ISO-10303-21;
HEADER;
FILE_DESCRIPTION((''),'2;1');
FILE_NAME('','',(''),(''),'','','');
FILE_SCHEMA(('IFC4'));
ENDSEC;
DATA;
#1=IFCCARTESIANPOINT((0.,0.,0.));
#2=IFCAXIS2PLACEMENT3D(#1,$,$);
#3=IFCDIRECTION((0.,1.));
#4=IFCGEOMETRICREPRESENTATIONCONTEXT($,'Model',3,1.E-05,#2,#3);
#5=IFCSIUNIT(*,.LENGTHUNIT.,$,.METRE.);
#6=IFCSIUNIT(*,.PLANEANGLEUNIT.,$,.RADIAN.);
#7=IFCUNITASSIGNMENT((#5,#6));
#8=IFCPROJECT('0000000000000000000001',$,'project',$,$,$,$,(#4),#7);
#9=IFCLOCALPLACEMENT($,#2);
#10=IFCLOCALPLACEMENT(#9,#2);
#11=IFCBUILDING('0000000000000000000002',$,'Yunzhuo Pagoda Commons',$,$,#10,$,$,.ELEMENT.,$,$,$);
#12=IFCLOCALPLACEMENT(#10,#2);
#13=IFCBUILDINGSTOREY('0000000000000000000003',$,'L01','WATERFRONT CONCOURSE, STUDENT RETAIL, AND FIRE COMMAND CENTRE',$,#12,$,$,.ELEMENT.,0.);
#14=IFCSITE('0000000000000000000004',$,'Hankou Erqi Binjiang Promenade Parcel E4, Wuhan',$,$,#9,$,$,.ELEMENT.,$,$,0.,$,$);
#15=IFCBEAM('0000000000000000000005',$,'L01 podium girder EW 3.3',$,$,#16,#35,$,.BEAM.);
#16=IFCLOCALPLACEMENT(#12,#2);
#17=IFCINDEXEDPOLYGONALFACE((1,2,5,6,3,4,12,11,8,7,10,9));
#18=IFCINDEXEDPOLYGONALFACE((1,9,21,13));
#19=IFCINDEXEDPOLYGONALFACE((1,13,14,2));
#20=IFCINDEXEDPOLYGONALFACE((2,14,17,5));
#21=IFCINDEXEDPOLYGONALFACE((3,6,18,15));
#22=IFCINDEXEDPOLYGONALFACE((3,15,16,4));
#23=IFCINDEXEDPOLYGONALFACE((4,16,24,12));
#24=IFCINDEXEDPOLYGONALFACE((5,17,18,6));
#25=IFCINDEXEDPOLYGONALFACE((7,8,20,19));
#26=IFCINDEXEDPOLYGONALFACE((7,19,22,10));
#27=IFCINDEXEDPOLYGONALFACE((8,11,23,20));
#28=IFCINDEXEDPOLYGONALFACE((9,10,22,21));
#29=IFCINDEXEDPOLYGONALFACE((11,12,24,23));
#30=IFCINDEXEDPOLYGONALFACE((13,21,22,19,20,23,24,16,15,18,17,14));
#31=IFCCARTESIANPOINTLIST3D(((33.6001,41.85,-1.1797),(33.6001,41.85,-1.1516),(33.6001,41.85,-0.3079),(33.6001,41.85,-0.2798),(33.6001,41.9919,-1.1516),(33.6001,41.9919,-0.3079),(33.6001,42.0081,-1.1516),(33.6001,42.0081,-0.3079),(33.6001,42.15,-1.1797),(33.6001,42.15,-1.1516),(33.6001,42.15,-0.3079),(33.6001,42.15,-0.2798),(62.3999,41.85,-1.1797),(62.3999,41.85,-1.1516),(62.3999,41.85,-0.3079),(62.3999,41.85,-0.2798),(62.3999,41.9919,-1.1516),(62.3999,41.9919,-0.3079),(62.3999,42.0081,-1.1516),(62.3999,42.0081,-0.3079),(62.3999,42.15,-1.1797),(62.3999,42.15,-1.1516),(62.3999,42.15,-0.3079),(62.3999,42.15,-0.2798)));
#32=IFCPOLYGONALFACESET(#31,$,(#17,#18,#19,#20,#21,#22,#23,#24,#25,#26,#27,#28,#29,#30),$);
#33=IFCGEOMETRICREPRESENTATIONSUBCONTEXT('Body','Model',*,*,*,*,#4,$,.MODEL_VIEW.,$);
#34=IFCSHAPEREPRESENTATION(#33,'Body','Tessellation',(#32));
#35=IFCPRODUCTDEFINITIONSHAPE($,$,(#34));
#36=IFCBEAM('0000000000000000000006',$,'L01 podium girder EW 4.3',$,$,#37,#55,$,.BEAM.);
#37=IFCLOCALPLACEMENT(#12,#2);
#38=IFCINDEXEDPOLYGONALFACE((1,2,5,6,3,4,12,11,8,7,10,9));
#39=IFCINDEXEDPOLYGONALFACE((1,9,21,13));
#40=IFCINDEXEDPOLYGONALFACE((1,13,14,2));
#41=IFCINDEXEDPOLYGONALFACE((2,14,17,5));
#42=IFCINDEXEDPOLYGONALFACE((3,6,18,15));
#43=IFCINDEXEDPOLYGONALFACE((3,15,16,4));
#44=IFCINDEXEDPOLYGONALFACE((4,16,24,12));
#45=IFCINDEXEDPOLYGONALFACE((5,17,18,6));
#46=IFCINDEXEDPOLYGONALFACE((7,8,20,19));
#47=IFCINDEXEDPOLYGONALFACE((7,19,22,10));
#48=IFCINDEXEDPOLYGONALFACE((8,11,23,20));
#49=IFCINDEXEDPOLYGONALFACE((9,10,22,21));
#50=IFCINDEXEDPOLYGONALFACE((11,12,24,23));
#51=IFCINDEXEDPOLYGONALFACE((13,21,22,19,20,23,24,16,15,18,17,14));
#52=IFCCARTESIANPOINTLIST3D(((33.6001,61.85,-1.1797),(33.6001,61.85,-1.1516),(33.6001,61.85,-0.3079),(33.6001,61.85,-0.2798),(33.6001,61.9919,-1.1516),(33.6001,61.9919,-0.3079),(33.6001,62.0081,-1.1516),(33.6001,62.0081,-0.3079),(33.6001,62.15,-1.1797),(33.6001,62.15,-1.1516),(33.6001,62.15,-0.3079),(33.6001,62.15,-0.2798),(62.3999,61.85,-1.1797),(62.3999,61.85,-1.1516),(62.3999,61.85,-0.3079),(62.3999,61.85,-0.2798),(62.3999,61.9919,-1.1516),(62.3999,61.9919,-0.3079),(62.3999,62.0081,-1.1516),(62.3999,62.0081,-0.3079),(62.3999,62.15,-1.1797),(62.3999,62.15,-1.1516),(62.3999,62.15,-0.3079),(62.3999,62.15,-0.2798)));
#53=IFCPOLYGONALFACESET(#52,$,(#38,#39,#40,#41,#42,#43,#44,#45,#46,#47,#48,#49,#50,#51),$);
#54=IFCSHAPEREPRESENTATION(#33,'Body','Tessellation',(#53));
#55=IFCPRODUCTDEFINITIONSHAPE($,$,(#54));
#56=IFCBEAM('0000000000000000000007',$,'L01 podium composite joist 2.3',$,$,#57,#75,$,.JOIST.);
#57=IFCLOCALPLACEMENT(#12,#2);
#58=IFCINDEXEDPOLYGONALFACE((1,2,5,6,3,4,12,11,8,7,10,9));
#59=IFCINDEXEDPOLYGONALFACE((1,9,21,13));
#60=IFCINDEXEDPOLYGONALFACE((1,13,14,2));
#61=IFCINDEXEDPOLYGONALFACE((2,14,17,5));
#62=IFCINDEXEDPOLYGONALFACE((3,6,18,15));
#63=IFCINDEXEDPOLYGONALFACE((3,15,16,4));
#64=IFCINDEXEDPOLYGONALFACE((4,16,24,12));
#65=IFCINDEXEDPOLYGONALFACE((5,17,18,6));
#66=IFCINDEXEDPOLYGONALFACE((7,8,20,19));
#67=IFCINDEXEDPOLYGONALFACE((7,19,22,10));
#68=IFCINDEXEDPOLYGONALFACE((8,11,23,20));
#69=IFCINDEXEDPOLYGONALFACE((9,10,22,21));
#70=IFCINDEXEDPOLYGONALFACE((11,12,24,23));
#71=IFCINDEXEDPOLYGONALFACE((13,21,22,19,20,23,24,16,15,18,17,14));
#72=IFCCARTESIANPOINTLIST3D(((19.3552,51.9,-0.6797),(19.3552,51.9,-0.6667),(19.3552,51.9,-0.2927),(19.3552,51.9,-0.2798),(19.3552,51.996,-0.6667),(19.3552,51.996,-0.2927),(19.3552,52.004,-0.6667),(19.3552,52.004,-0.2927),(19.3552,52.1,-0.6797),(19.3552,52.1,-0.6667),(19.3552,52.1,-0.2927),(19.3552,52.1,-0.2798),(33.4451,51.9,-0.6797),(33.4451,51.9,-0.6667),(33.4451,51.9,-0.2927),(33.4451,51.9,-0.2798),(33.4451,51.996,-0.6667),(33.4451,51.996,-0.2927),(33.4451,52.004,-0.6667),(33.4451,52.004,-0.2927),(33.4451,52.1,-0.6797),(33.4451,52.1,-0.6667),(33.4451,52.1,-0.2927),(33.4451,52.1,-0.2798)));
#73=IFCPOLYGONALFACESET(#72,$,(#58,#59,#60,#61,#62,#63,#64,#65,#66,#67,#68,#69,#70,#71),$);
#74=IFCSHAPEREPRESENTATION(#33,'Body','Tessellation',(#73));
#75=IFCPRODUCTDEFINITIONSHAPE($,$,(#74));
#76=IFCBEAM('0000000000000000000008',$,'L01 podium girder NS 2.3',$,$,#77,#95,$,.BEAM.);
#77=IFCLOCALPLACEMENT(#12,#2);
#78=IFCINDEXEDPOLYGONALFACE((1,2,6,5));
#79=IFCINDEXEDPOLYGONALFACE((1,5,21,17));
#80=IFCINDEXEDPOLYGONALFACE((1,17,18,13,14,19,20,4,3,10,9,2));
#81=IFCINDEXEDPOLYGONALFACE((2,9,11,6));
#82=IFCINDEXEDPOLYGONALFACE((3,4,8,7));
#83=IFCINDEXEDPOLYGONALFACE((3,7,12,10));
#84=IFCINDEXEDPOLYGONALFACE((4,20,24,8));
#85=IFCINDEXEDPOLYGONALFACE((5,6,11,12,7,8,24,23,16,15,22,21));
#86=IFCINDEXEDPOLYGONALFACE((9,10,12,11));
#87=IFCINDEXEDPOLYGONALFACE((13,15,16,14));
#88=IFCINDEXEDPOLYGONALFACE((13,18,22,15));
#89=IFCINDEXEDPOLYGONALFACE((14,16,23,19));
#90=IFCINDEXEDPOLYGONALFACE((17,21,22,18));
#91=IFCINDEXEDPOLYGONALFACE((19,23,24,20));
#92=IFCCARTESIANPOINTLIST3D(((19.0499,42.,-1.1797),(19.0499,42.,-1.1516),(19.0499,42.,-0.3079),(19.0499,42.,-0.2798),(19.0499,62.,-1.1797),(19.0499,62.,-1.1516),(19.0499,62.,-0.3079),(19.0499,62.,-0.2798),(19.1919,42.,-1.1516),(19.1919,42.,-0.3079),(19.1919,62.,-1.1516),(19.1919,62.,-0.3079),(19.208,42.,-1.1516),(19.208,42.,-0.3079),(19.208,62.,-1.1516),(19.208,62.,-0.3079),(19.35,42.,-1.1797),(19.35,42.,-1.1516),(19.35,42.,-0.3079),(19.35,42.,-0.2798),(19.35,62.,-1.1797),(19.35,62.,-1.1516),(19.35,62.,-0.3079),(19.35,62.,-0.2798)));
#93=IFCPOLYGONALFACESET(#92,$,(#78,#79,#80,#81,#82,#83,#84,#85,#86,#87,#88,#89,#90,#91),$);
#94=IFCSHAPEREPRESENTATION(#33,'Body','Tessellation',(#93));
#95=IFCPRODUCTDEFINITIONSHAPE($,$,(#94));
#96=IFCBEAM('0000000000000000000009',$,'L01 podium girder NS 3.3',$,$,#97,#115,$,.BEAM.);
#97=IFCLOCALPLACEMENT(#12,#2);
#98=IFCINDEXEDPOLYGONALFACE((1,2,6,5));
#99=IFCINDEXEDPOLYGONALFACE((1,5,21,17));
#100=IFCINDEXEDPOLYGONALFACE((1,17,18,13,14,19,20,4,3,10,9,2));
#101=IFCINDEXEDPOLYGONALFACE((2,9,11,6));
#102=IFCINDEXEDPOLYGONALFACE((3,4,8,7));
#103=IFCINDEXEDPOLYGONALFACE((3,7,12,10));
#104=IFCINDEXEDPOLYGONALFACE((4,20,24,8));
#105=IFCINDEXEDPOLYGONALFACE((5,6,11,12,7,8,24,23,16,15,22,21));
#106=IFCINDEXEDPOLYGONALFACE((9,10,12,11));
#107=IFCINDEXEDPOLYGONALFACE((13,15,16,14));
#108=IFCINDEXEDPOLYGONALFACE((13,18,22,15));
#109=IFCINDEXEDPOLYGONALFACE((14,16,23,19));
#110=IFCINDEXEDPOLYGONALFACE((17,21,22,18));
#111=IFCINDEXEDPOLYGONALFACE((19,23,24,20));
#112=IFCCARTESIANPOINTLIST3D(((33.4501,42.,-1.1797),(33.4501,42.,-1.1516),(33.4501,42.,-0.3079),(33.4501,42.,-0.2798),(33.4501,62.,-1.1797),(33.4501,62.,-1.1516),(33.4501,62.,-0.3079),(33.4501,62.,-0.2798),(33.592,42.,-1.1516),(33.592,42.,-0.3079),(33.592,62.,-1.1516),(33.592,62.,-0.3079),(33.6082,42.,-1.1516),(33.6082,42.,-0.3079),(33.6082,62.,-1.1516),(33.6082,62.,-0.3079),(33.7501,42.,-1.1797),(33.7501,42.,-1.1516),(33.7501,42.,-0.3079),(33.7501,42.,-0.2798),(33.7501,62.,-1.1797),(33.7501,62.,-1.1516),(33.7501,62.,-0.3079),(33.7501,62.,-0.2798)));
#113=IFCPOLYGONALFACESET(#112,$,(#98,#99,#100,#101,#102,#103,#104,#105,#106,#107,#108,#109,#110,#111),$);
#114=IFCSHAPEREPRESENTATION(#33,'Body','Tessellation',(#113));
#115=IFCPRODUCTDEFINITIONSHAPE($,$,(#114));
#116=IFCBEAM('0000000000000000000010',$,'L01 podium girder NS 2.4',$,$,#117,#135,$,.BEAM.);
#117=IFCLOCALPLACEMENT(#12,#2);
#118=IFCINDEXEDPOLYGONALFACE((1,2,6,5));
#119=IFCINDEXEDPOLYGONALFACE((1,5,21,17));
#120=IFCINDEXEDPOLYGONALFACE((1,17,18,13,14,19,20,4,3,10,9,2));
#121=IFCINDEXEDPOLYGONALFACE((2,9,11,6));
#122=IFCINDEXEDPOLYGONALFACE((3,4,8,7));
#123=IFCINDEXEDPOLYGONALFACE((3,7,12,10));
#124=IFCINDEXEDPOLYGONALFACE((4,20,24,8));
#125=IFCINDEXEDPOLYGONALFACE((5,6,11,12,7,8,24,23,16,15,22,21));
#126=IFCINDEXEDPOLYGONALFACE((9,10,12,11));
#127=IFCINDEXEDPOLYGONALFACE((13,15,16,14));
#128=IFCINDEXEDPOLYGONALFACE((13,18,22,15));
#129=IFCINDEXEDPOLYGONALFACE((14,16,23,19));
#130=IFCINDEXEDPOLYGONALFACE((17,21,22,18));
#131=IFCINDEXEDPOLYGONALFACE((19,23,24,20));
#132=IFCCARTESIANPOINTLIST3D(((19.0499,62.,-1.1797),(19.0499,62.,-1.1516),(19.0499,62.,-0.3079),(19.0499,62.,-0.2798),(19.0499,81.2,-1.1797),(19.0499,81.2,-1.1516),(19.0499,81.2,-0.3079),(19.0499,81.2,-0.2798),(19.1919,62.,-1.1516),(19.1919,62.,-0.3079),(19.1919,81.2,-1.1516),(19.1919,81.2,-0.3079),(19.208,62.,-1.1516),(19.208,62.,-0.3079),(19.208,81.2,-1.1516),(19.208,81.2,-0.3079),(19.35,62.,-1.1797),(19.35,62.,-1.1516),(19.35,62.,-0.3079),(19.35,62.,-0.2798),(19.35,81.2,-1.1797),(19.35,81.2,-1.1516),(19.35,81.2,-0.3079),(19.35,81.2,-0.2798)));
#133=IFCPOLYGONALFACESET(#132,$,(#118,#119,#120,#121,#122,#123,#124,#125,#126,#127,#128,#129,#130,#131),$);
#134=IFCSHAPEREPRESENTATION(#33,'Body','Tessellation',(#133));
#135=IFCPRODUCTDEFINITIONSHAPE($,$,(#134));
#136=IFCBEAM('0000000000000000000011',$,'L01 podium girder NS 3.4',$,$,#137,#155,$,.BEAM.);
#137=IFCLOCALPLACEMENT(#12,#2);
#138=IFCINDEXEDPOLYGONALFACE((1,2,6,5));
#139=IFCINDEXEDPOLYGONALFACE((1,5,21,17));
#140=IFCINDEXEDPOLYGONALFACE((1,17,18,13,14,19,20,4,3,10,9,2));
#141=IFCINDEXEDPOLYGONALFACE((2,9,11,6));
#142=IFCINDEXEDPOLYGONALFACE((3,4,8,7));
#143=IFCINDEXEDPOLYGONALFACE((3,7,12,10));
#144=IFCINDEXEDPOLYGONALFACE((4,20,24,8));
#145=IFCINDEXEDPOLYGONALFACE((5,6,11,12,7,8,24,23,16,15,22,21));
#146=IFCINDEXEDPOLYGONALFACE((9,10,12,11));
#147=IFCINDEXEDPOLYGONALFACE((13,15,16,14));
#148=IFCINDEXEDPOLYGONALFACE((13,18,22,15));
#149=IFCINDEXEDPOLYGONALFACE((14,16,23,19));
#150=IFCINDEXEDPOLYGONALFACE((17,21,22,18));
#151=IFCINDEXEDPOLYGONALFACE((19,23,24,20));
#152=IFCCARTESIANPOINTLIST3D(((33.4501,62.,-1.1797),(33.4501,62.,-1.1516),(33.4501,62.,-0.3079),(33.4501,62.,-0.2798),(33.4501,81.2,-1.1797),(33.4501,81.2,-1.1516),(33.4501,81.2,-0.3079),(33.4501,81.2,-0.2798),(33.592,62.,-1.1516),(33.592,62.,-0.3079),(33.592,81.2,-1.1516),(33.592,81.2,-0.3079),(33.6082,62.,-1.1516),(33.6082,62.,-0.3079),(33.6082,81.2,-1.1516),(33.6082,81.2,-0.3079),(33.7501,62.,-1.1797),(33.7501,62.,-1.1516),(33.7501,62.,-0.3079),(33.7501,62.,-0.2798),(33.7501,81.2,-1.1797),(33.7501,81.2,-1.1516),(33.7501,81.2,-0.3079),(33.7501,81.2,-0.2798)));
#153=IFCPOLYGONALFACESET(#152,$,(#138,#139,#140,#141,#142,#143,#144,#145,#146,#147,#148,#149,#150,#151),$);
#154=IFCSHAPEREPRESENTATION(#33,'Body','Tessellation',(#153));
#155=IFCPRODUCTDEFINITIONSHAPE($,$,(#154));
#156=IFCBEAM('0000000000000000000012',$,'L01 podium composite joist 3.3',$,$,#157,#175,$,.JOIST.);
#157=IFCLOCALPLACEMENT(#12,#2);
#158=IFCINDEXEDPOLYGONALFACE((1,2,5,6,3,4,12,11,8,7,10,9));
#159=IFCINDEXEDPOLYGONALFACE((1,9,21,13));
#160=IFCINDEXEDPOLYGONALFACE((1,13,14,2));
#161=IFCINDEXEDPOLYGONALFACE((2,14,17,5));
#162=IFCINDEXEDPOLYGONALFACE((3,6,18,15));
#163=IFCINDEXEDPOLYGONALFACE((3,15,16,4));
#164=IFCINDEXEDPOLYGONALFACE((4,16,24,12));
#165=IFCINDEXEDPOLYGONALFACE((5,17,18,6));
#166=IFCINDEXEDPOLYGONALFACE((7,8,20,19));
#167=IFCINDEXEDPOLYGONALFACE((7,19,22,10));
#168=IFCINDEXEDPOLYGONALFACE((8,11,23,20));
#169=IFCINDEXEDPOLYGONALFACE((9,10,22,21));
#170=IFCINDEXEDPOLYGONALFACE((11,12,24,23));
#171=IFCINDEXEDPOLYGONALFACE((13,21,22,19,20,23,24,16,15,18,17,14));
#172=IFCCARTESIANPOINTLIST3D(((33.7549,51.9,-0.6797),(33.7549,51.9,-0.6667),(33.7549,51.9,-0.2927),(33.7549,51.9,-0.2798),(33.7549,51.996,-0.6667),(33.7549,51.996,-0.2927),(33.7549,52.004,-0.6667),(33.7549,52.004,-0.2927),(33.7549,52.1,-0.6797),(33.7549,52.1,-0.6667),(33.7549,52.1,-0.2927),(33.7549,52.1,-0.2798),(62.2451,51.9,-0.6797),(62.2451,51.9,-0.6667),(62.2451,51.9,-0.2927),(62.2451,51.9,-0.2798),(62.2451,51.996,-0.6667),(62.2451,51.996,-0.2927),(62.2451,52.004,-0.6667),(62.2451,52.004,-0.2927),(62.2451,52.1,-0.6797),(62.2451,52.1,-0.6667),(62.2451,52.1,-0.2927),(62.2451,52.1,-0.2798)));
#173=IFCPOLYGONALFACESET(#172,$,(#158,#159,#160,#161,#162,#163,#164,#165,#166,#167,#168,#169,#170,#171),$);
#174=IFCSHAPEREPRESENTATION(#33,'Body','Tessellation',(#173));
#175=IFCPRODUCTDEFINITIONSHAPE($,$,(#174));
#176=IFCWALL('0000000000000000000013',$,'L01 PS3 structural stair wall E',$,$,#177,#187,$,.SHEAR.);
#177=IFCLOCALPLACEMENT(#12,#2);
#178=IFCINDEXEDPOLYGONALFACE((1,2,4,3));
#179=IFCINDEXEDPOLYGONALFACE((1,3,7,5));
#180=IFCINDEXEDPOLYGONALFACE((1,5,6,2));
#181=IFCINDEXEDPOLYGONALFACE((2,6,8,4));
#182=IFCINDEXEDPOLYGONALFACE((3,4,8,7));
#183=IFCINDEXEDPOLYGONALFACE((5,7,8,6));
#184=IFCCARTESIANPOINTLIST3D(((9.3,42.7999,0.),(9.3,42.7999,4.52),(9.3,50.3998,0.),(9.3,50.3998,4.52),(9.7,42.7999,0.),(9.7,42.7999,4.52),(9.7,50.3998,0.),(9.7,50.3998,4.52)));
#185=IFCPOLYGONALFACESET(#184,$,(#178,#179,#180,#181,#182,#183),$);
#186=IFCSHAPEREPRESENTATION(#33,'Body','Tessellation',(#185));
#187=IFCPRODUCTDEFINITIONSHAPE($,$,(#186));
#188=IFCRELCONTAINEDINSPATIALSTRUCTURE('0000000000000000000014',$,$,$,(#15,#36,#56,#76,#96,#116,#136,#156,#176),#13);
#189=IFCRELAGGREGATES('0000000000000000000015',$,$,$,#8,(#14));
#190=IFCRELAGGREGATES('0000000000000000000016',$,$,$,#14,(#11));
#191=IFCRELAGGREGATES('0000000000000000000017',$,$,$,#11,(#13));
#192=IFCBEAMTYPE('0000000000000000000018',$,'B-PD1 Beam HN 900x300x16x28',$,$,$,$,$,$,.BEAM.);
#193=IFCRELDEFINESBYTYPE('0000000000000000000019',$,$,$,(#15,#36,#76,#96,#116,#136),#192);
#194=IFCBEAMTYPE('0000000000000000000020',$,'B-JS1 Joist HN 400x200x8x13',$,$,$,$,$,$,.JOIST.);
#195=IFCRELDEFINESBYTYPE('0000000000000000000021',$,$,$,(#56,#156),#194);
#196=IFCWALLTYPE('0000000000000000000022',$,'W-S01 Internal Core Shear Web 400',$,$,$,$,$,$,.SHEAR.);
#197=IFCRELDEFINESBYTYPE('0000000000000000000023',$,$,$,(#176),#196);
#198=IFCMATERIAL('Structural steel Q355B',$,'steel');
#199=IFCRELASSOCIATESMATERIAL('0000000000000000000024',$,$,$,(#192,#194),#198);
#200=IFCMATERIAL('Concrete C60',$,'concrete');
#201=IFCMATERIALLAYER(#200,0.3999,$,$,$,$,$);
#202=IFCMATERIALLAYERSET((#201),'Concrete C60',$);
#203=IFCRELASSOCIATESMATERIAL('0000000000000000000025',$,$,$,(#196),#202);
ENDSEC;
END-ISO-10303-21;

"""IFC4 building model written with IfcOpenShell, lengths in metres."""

from ifc_helpers import new_model, si_unit, direction, frame, frame_2d, origin, origin_2d, place, context, subcontext, project, spatial, rectangle, i_section, extrude, source, transform, mapped, material, layer, layer_set, material_profile, profile_set, type_object, element, save


model = new_model("IFC4")

# Units and contexts
model_context = context("Model", 3, precision=1e-05, world=origin(), true_north=direction((0.0, 1.0)))
body_context = subcontext(model_context, "Body", "Model", "MODEL_VIEW")
ifc_project = project(units=[si_unit("LENGTHUNIT", "METRE"), si_unit("PLANEANGLEUNIT", "RADIAN")], contexts=[model_context])

# Site, building, storey
site_placement = place(None, origin())
site = spatial("IfcSite", under=ifc_project, at=site_placement, Name="Hankou Erqi Binjiang Promenade Parcel E4, Wuhan", CompositionType="ELEMENT", RefElevation=0.0)
building_placement = place(site_placement, origin())
building = spatial("IfcBuilding", under=site, at=building_placement, Name="Yunzhuo Pagoda Commons", CompositionType="ELEMENT")
storey_placement = place(building_placement, origin())
storey = spatial("IfcBuildingStorey", under=building, at=storey_placement, Name="L01", Description="WATERFRONT CONCOURSE, STUDENT RETAIL, AND FIRE COMMAND CENTRE", CompositionType="ELEMENT", Elevation=0.0)

# Beams
ifc_material_1 = material(Name="Structural steel Q355B", Category="steel")
ifc_material_profile_1 = material_profile(ifc_material_1, i_section(OverallWidth=0.3, OverallDepth=0.8999, WebThickness=0.0161, FlangeThickness=0.0281, at=origin_2d()), Name="Structural steel Q355B")
ifc_profile_set_1 = profile_set([ifc_material_profile_1], Name="Structural steel Q355B")
beam_type_1 = type_object("IfcBeamType", Name="B-PD1 Beam HN 900x300x16x28", PredefinedType="BEAM", material=ifc_profile_set_1)
shared_shape_1 = source(origin(), body_context, "Body", "SweptSolid", [
    extrude(i_section(OverallWidth=0.3, OverallDepth=0.8999, WebThickness=0.0161, FlangeThickness=0.0281, at=origin_2d()), origin(), (0.0, 0.0, 1.0), 28.7998),
])
for number, where, z_axis, x_axis, name in (
    (1, (33.6001, 42.0, -0.7297), (1.0, 0.0, 0.0), (0.0, 1.0, 0.0), "L01 podium girder EW 3.3"),
    (2, (33.6001, 62.0, -0.7297), (1.0, 0.0, 0.0), (0.0, 1.0, 0.0), "L01 podium girder EW 4.3"),
):
    element("IfcBeam", number, at=place(storey_placement, frame(where, z_axis=z_axis, x_axis=x_axis)), inside=storey, type_object=beam_type_1, Name=name, PredefinedType="BEAM", context=body_context, shape_type="MappedRepresentation", body=[
        mapped(shared_shape_1, transform((0.0, 0.0, 0.0), scale=1.0)),
    ])
ifc_material_profile_2 = material_profile(ifc_material_1, i_section(OverallWidth=0.2, OverallDepth=0.3999, WebThickness=0.0081, FlangeThickness=0.0129, at=origin_2d()), Name="Structural steel Q355B")
ifc_profile_set_2 = profile_set([ifc_material_profile_2], Name="Structural steel Q355B")
beam_type_2 = type_object("IfcBeamType", Name="B-JS1 Joist HN 400x200x8x13", PredefinedType="JOIST", material=ifc_profile_set_2)
shared_shape_2 = source(origin(), body_context, "Body", "SweptSolid", [
    extrude(i_section(OverallWidth=0.2, OverallDepth=0.3999, WebThickness=0.0081, FlangeThickness=0.0129, at=origin_2d()), origin(), (0.0, 0.0, 1.0), 14.0898),
])
beam_1_placement = place(storey_placement, frame((19.3552, 52.0, -0.4797), z_axis=(1.0, 0.0, 0.0), x_axis=(0.0, 1.0, 0.0)))
element("IfcBeam", 3, at=beam_1_placement, inside=storey, type_object=beam_type_2, Name="L01 podium composite joist 2.3", PredefinedType="JOIST", context=body_context, shape_type="MappedRepresentation", body=[
    mapped(shared_shape_2, transform((0.0, 0.0, 0.0), scale=1.0)),
])
shared_shape_3 = source(origin(), body_context, "Body", "SweptSolid", [
    extrude(i_section(OverallWidth=0.3, OverallDepth=0.8999, WebThickness=0.0161, FlangeThickness=0.0281, at=origin_2d()), origin(), (0.0, 0.0, 1.0), 20.0),
])
for number, where, z_axis, x_axis, name in (
    (4, (19.2, 42.0, -0.7297), (0.0, 1.0, 0.0), (-1.0, 0.0, 0.0), "L01 podium girder NS 2.3"),
    (5, (33.6001, 42.0, -0.7297), (0.0, 1.0, 0.0), (-1.0, 0.0, 0.0), "L01 podium girder NS 3.3"),
):
    element("IfcBeam", number, at=place(storey_placement, frame(where, z_axis=z_axis, x_axis=x_axis)), inside=storey, type_object=beam_type_1, Name=name, PredefinedType="BEAM", context=body_context, shape_type="MappedRepresentation", body=[
        mapped(shared_shape_3, transform((0.0, 0.0, 0.0), scale=1.0)),
    ])
shared_shape_4 = source(origin(), body_context, "Body", "SweptSolid", [
    extrude(i_section(OverallWidth=0.3, OverallDepth=0.8999, WebThickness=0.0161, FlangeThickness=0.0281, at=origin_2d()), origin(), (0.0, 0.0, 1.0), 19.2),
])
for number, where, z_axis, x_axis, name in (
    (6, (19.2, 62.0, -0.7297), (0.0, 1.0, 0.0), (-1.0, 0.0, 0.0), "L01 podium girder NS 2.4"),
    (7, (33.6001, 62.0, -0.7297), (0.0, 1.0, 0.0), (-1.0, 0.0, 0.0), "L01 podium girder NS 3.4"),
):
    element("IfcBeam", number, at=place(storey_placement, frame(where, z_axis=z_axis, x_axis=x_axis)), inside=storey, type_object=beam_type_1, Name=name, PredefinedType="BEAM", context=body_context, shape_type="MappedRepresentation", body=[
        mapped(shared_shape_4, transform((0.0, 0.0, 0.0), scale=1.0)),
    ])
shared_shape_5 = source(origin(), body_context, "Body", "SweptSolid", [
    extrude(i_section(OverallWidth=0.2, OverallDepth=0.3999, WebThickness=0.0081, FlangeThickness=0.0129, at=origin_2d()), origin(), (0.0, 0.0, 1.0), 28.4902),
])
beam_2_placement = place(storey_placement, frame((33.7549, 52.0, -0.4797), z_axis=(1.0, 0.0, 0.0), x_axis=(0.0, 1.0, 0.0)))
element("IfcBeam", 8, at=beam_2_placement, inside=storey, type_object=beam_type_2, Name="L01 podium composite joist 3.3", PredefinedType="JOIST", context=body_context, shape_type="MappedRepresentation", body=[
    mapped(shared_shape_5, transform((0.0, 0.0, 0.0), scale=1.0)),
])

# Wall
ifc_material_2 = material(Name="Concrete C60", Category="concrete")
ifc_layer = layer(ifc_material_2, 0.3999)
ifc_layer_set = layer_set([ifc_layer], Name="Concrete C60")
wall_type = type_object("IfcWallType", Name="W-S01 Internal Core Shear Web 400", PredefinedType="SHEAR", material=ifc_layer_set)
wall_1_placement = place(storey_placement, frame((9.5, 42.8, 0.0), z_axis=(0.0, 0.0, 1.0), x_axis=(0.0, 1.0, 0.0)))
element("IfcWall", 9, at=wall_1_placement, inside=storey, type_object=wall_type, Name="L01 PS3 structural stair wall E", PredefinedType="SHEAR", context=body_context, shape_type="SweptSolid", body=[
    extrude(rectangle(XDim=7.5999, YDim=0.3999, at=frame_2d((3.7998, 0.0))), origin(), (0.0, 0.0, 1.0), 4.52),
])

save(model, "model.ifc")
